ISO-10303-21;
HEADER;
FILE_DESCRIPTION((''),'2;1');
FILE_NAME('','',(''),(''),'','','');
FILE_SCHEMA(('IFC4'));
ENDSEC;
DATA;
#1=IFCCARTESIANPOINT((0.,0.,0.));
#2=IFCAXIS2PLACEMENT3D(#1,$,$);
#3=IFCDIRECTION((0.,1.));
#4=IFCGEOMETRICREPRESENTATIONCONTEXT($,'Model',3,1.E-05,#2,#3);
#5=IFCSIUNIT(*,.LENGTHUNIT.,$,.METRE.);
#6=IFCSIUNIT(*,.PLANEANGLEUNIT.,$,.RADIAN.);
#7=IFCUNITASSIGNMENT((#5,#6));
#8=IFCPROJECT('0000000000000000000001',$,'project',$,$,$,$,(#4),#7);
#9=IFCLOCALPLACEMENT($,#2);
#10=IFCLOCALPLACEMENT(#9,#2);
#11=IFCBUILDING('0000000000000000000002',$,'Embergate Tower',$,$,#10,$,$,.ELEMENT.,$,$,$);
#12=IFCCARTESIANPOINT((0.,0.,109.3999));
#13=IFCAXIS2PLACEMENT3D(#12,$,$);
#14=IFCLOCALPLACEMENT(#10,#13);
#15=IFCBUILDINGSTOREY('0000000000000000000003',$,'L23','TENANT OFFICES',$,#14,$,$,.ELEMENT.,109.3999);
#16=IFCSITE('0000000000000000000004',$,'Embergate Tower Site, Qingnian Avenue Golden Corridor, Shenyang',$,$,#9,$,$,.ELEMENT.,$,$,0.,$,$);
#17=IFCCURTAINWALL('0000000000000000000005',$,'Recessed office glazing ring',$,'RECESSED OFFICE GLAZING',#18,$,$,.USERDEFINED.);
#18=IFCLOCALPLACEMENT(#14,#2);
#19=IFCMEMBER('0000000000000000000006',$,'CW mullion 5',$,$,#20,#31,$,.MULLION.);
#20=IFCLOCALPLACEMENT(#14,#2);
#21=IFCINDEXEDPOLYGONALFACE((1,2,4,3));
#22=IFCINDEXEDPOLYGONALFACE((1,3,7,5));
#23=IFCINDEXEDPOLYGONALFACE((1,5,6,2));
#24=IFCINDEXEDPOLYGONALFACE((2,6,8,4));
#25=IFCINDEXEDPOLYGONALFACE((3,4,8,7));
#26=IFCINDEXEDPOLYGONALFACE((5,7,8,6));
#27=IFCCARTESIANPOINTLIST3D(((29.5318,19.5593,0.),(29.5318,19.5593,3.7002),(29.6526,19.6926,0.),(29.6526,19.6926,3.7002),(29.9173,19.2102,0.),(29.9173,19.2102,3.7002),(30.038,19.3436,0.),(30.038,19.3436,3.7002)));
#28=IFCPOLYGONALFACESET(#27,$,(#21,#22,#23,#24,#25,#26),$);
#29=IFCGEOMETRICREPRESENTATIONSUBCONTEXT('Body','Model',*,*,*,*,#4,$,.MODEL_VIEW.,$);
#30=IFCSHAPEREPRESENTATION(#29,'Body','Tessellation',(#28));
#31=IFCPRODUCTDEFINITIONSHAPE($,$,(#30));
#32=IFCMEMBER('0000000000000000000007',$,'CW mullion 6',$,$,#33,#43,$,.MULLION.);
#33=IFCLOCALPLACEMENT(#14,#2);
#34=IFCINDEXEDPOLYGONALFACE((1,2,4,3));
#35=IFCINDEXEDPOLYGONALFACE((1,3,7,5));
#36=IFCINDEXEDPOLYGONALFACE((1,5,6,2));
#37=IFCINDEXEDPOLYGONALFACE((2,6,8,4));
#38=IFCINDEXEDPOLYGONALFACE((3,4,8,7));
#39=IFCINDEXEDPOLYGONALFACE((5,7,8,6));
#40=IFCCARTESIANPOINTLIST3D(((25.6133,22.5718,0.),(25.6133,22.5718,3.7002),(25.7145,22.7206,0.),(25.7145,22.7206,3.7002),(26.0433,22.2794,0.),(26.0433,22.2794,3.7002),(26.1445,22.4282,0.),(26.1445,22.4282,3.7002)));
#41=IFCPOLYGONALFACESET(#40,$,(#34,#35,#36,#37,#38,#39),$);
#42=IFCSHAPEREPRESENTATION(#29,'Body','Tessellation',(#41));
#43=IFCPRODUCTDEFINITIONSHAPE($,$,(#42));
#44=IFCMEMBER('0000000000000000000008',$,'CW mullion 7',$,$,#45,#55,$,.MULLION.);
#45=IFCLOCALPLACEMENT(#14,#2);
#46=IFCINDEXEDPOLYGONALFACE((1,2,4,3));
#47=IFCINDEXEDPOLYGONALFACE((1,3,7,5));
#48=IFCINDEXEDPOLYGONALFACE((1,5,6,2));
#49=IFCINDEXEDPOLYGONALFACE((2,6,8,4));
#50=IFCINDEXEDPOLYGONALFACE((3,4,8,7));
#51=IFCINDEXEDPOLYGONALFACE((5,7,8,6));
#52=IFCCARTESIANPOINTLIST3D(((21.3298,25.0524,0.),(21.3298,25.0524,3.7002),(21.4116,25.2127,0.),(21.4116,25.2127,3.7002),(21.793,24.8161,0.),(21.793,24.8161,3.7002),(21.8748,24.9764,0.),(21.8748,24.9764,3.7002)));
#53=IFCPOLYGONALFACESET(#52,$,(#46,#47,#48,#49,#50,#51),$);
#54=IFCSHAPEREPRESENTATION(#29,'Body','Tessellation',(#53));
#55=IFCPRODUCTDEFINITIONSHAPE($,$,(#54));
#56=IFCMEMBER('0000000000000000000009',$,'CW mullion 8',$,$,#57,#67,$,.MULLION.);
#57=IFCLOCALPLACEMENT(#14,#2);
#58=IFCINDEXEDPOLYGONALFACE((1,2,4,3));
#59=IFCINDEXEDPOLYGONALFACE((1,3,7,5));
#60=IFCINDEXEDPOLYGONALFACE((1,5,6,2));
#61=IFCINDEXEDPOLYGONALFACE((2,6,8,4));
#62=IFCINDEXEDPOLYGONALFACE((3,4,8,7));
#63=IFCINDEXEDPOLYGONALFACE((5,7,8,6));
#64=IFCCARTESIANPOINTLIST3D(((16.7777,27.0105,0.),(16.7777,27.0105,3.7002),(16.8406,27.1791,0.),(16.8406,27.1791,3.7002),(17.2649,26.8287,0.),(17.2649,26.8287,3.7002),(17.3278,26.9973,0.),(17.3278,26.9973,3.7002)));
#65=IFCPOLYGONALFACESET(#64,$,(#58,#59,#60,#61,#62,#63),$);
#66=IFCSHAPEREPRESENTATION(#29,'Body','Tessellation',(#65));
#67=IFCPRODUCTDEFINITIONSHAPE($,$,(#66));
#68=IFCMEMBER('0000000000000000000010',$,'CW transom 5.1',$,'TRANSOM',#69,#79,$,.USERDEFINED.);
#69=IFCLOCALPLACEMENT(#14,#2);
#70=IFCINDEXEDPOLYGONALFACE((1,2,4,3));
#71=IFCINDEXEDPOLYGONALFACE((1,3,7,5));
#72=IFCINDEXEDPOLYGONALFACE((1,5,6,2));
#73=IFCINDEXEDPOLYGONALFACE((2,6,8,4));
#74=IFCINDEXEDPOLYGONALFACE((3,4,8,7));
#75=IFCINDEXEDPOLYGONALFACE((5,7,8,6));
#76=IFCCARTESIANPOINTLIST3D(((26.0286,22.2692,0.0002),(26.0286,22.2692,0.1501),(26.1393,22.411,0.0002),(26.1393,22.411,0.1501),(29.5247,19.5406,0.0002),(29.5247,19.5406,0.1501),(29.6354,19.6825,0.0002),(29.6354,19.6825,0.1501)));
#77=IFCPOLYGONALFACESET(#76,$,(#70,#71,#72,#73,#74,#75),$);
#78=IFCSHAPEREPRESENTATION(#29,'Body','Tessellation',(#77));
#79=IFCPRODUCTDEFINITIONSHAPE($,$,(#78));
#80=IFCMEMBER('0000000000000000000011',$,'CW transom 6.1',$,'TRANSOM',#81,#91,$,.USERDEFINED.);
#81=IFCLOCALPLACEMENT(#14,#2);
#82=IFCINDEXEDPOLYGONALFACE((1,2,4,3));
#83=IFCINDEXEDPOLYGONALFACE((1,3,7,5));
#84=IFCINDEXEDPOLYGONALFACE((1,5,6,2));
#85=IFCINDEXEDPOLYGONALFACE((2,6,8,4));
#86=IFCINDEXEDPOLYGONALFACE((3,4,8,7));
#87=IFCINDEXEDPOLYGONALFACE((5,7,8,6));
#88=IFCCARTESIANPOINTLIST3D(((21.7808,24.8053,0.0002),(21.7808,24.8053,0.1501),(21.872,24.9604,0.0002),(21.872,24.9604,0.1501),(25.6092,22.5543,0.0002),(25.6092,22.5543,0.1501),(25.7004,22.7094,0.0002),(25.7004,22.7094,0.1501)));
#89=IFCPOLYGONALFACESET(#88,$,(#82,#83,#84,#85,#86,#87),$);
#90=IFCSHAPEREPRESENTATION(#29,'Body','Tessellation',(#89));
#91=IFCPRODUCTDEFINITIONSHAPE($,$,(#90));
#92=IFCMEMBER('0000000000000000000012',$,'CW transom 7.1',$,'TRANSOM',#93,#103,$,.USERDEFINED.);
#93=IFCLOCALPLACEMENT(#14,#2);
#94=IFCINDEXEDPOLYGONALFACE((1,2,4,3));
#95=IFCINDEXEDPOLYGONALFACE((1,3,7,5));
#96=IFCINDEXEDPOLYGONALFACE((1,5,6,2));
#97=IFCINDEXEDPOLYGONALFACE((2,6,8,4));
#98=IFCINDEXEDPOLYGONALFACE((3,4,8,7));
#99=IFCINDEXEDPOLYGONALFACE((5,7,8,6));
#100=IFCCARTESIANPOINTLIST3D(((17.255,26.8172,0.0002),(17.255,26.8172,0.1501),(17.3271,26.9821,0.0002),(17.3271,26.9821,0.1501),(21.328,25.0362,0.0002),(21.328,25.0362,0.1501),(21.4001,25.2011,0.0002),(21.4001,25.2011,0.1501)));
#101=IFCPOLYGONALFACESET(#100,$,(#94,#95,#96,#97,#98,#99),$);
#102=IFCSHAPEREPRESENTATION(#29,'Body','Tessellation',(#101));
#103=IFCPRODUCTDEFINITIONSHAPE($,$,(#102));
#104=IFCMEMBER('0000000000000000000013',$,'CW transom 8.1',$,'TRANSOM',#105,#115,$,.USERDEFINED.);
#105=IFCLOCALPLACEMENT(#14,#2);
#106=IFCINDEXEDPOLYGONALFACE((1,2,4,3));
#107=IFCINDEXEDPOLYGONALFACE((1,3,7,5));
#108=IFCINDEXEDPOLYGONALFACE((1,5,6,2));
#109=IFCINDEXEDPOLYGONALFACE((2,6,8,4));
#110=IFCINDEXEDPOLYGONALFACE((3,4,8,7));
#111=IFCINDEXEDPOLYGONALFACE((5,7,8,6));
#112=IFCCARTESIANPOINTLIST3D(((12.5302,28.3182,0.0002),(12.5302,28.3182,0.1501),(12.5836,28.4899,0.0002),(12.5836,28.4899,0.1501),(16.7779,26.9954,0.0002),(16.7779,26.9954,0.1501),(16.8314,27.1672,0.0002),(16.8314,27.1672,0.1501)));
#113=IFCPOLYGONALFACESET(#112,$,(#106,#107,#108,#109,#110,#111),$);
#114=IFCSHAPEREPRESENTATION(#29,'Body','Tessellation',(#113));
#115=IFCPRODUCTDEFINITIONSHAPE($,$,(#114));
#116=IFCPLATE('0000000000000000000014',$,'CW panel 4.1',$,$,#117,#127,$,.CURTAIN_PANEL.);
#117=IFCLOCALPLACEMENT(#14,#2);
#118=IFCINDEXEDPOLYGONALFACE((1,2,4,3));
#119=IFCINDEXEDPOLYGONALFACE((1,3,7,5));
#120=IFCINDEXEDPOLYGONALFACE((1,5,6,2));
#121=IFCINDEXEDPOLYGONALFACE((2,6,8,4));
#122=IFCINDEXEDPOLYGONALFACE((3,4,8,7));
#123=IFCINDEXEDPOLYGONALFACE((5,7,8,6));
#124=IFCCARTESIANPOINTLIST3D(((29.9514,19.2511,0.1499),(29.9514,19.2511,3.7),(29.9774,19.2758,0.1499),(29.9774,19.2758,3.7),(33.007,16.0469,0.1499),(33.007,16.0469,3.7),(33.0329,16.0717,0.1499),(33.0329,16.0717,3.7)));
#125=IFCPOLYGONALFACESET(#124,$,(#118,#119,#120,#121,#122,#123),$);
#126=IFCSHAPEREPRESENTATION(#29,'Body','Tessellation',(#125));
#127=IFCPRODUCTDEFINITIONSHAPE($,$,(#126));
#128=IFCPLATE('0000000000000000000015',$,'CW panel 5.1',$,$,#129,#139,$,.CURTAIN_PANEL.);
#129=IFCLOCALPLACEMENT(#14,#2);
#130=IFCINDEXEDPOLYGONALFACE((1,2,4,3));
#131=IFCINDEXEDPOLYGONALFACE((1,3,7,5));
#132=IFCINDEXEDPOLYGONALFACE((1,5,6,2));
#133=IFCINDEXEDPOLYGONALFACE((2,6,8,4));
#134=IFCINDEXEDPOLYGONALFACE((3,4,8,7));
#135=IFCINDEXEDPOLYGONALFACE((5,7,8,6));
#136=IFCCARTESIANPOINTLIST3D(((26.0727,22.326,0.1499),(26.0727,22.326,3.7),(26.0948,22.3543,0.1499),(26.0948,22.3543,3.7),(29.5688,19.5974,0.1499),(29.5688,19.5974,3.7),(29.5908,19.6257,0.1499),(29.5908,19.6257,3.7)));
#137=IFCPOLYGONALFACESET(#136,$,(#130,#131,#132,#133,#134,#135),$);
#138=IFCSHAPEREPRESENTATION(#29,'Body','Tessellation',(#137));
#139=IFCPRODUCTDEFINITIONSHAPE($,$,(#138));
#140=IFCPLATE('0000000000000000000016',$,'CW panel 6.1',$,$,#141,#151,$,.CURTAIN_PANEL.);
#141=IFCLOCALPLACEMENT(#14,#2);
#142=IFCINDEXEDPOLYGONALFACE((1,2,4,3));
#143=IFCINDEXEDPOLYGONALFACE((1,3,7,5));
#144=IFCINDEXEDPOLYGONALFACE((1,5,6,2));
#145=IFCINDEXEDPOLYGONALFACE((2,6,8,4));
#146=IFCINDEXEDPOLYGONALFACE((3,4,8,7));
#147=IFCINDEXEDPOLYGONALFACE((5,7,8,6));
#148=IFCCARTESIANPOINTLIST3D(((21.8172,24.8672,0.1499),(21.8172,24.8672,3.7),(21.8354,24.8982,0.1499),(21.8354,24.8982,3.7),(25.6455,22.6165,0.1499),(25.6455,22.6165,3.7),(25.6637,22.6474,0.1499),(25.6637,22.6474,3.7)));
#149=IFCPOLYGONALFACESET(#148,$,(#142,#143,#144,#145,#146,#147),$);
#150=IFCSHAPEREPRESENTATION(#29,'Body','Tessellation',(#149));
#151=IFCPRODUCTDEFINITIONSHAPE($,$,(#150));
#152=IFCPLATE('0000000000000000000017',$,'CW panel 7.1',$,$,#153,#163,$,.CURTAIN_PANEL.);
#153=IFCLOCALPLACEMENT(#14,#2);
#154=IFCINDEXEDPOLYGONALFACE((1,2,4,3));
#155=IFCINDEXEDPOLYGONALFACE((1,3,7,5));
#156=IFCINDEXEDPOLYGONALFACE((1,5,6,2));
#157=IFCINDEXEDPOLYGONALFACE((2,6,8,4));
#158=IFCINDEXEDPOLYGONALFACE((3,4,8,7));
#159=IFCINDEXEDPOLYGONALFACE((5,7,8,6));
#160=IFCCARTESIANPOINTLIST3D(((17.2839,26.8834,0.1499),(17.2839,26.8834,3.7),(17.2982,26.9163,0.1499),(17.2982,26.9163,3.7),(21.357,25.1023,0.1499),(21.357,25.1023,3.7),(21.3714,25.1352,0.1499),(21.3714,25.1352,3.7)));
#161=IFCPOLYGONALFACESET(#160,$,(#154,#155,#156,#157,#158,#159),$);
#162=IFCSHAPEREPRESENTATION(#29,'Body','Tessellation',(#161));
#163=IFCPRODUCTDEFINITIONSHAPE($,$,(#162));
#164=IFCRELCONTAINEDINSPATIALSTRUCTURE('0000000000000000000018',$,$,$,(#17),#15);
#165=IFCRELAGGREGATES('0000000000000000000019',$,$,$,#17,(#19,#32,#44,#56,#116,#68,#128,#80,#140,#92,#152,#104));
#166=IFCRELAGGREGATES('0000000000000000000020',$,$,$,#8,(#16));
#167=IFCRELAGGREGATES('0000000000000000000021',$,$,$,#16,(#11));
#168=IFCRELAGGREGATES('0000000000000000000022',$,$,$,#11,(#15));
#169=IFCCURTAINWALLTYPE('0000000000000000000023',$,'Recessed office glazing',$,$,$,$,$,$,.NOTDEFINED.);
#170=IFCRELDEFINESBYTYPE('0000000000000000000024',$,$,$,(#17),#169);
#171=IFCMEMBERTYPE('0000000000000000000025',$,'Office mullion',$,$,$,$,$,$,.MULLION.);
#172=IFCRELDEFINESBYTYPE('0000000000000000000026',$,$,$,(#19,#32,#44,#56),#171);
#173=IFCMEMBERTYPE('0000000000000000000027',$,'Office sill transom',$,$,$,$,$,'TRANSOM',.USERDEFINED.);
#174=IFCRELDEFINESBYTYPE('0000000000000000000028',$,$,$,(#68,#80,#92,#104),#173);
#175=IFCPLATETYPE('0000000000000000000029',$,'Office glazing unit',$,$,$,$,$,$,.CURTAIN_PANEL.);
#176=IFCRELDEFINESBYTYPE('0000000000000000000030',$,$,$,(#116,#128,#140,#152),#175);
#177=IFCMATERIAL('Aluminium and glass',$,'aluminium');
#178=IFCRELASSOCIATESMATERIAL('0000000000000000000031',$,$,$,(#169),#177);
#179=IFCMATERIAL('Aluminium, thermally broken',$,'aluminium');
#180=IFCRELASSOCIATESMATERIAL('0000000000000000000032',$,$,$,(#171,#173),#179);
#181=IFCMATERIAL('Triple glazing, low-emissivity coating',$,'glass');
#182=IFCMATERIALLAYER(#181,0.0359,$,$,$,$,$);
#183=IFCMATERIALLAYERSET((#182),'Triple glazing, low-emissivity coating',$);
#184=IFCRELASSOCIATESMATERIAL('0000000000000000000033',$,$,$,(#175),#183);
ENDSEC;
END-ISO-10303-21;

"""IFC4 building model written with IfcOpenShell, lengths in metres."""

from ifc_helpers import new_model, si_unit, direction, frame, origin, origin_2d, place, context, subcontext, project, spatial, rectangle, extrude, source, transform, mapped, material, layer, layer_set, material_profile, profile_set, type_object, element, aggregate, save


model = new_model("IFC4")

# Units and contexts
model_context = context("Model", 3, precision=1e-05, world=origin(), true_north=direction((0.0, 1.0)))
body_context = subcontext(model_context, "Body", "Model", "MODEL_VIEW")
ifc_project = project(units=[si_unit("LENGTHUNIT", "METRE"), si_unit("PLANEANGLEUNIT", "RADIAN")], contexts=[model_context])

# Site, building, storey
site_placement = place(None, origin())
site = spatial("IfcSite", under=ifc_project, at=site_placement, Name="Embergate Tower Site, Qingnian Avenue Golden Corridor, Shenyang", CompositionType="ELEMENT", RefElevation=0.0)
building_placement = place(site_placement, origin())
building = spatial("IfcBuilding", under=site, at=building_placement, Name="Embergate Tower", CompositionType="ELEMENT")
storey_placement = place(building_placement, frame((0.0, 0.0, 109.3999)))
storey = spatial("IfcBuildingStorey", under=building, at=storey_placement, Name="L23", Description="TENANT OFFICES", CompositionType="ELEMENT", Elevation=109.3999)

# Curtain wall, members, plates
ifc_material_1 = material(Name="Aluminium and glass", Category="aluminium")
curtain_wall_type = type_object("IfcCurtainWallType", Name="Recessed office glazing", PredefinedType="NOTDEFINED", material=ifc_material_1)
curtain_wall_placement = place(storey_placement, origin())
curtain_wall = element("IfcCurtainWall", 1, at=curtain_wall_placement, inside=storey, type_object=curtain_wall_type, Name="Recessed office glazing ring", ObjectType="RECESSED OFFICE GLAZING", PredefinedType="USERDEFINED")
ifc_material_2 = material(Name="Aluminium, thermally broken", Category="aluminium")
ifc_material_profile_1 = material_profile(ifc_material_2, rectangle(XDim=0.1799, YDim=0.52, at=origin_2d()), Name="AL 520x180")
ifc_profile_set_1 = profile_set([ifc_material_profile_1], Name="Aluminium, thermally broken")
member_type_1 = type_object("IfcMemberType", Name="Office mullion", PredefinedType="MULLION", material=ifc_profile_set_1)
shared_shape_1 = source(origin(), body_context, "Body", "SweptSolid", [
    extrude(rectangle(XDim=0.1799, YDim=0.52, at=origin_2d()), origin(), (0.0, 0.0, 1.0), 3.7002),
])
member_1_placement = place(storey_placement, frame((29.7849, 19.4514, 0.0), z_axis=(0.0, 0.0, 1.0), x_axis=(-0.671238, -0.741242, 0.0)))
member_1 = element("IfcMember", 2, at=member_1_placement, type_object=member_type_1, Name="CW mullion 5", PredefinedType="MULLION", context=body_context, shape_type="MappedRepresentation", body=[
    mapped(shared_shape_1, transform((0.0, 0.0, 0.0))),
])
member_2_placement = place(storey_placement, frame((25.8789, 22.5, 0.0), z_axis=(0.0, 0.0, 1.0), x_axis=(-0.562228, -0.826982, 0.0)))
member_2 = element("IfcMember", 3, at=member_2_placement, type_object=member_type_1, Name="CW mullion 6", PredefinedType="MULLION", context=body_context, shape_type="MappedRepresentation", body=[
    mapped(shared_shape_1, transform((0.0, 0.0, 0.0))),
])
member_3_placement = place(storey_placement, frame((21.6023, 25.0144, 0.0), z_axis=(0.0, 0.0, 1.0), x_axis=(-0.454521, -0.890736, 0.0)))
member_3 = element("IfcMember", 4, at=member_3_placement, type_object=member_type_1, Name="CW mullion 7", PredefinedType="MULLION", context=body_context, shape_type="MappedRepresentation", body=[
    mapped(shared_shape_1, transform((0.0, 0.0, 0.0))),
])
member_4_placement = place(storey_placement, frame((17.0527, 27.0039, 0.0), z_axis=(0.0, 0.0, 1.0), x_axis=(-0.349511, -0.936932, 0.0)))
member_4 = element("IfcMember", 5, at=member_4_placement, type_object=member_type_1, Name="CW mullion 8", PredefinedType="MULLION", context=body_context, shape_type="MappedRepresentation", body=[
    mapped(shared_shape_1, transform((0.0, 0.0, 0.0))),
])
ifc_material_profile_2 = material_profile(ifc_material_2, rectangle(XDim=0.1799, YDim=0.1499, at=origin_2d()), Name="AL 150x180")
ifc_profile_set_2 = profile_set([ifc_material_profile_2], Name="Aluminium, thermally broken")
member_type_2 = type_object("IfcMemberType", Name="Office sill transom", ElementType="TRANSOM", PredefinedType="USERDEFINED", material=ifc_profile_set_2)
shared_shape_2 = source(origin(), body_context, "Body", "SweptSolid", [
    extrude(rectangle(XDim=0.1799, YDim=0.1499, at=origin_2d()), origin(), (0.0, 0.0, 1.0), 4.4348),
])
member_5_placement = place(storey_placement, frame((29.5801, 19.6116, 0.0752), z_axis=(-0.788331, 0.615251, 0.0), x_axis=(-0.615251, -0.788331, 0.0)))
member_5 = element("IfcMember", 6, at=member_5_placement, type_object=member_type_2, Name="CW transom 5.1", ObjectType="TRANSOM", PredefinedType="USERDEFINED", context=body_context, shape_type="MappedRepresentation", body=[
    mapped(shared_shape_2, transform((0.0, 0.0, 0.0))),
])
shared_shape_3 = source(origin(), body_context, "Body", "SweptSolid", [
    extrude(rectangle(XDim=0.1799, YDim=0.1499, at=origin_2d()), origin(), (0.0, 0.0, 1.0), 4.4412),
])
member_6_placement = place(storey_placement, frame((25.6548, 22.6318, 0.0752), z_axis=(-0.862033, 0.506852, 0.0), x_axis=(-0.506852, -0.862033, 0.0)))
member_6 = element("IfcMember", 7, at=member_6_placement, type_object=member_type_2, Name="CW transom 6.1", ObjectType="TRANSOM", PredefinedType="USERDEFINED", context=body_context, shape_type="MappedRepresentation", body=[
    mapped(shared_shape_3, transform((0.0, 0.0, 0.0))),
])
shared_shape_4 = source(origin(), body_context, "Body", "SweptSolid", [
    extrude(rectangle(XDim=0.1799, YDim=0.1499, at=origin_2d()), origin(), (0.0, 0.0, 1.0), 4.4453),
])
member_7_placement = place(storey_placement, frame((21.364, 25.1187, 0.0752), z_axis=(-0.916234, 0.400643, 0.0), x_axis=(-0.400643, -0.916234, 0.0)))
member_7 = element("IfcMember", 8, at=member_7_placement, type_object=member_type_2, Name="CW transom 7.1", ObjectType="TRANSOM", PredefinedType="USERDEFINED", context=body_context, shape_type="MappedRepresentation", body=[
    mapped(shared_shape_4, transform((0.0, 0.0, 0.0))),
])
shared_shape_5 = source(origin(), body_context, "Body", "SweptSolid", [
    extrude(rectangle(XDim=0.1799, YDim=0.1499, at=origin_2d()), origin(), (0.0, 0.0, 1.0), 4.449),
])
member_8_placement = place(storey_placement, frame((16.8047, 27.0813, 0.0752), z_axis=(-0.954779, 0.297316, 0.0), x_axis=(-0.297316, -0.954779, 0.0)))
member_8 = element("IfcMember", 9, at=member_8_placement, type_object=member_type_2, Name="CW transom 8.1", ObjectType="TRANSOM", PredefinedType="USERDEFINED", context=body_context, shape_type="MappedRepresentation", body=[
    mapped(shared_shape_5, transform((0.0, 0.0, 0.0))),
])
ifc_material_3 = material(Name="Triple glazing, low-emissivity coating", Category="glass")
ifc_layer = layer(ifc_material_3, 0.0359)
ifc_layer_set = layer_set([ifc_layer], Name="Triple glazing, low-emissivity coating")
plate_type = type_object("IfcPlateType", Name="Office glazing unit", PredefinedType="CURTAIN_PANEL", material=ifc_layer_set)
shared_shape_6 = source(origin(), body_context, "Body", "SweptSolid", [
    extrude(rectangle(XDim=4.4275, YDim=0.0359, at=origin_2d()), origin(), (0.0, 0.0, 1.0), 3.55),
])
plate_1_placement = place(storey_placement, frame((31.4922, 17.6614, 0.1499), z_axis=(0.0, 0.0, 1.0), x_axis=(-0.690125, 0.72369, 0.0)))
plate_1 = element("IfcPlate", 10, at=plate_1_placement, type_object=plate_type, Name="CW panel 4.1", PredefinedType="CURTAIN_PANEL", context=body_context, shape_type="MappedRepresentation", body=[
    mapped(shared_shape_6, transform((0.0, 0.0, 0.0))),
])
shared_shape_7 = source(origin(), body_context, "Body", "SweptSolid", [
    extrude(rectangle(XDim=4.4348, YDim=0.0359, at=origin_2d()), origin(), (0.0, 0.0, 1.0), 3.55),
])
plate_2_placement = place(storey_placement, frame((27.8318, 20.9758, 0.1499), z_axis=(0.0, 0.0, 1.0), x_axis=(-0.788313, 0.615275, 0.0)))
plate_2 = element("IfcPlate", 11, at=plate_2_placement, type_object=plate_type, Name="CW panel 5.1", PredefinedType="CURTAIN_PANEL", context=body_context, shape_type="MappedRepresentation", body=[
    mapped(shared_shape_7, transform((0.0, 0.0, 0.0))),
])
shared_shape_8 = source(origin(), body_context, "Body", "SweptSolid", [
    extrude(rectangle(XDim=4.4409, YDim=0.0359, at=origin_2d()), origin(), (0.0, 0.0, 1.0), 3.55),
])
plate_3_placement = place(storey_placement, frame((23.7405, 23.7573, 0.1499), z_axis=(0.0, 0.0, 1.0), x_axis=(-0.862048, 0.506827, 0.0)))
plate_3 = element("IfcPlate", 12, at=plate_3_placement, type_object=plate_type, Name="CW panel 6.1", PredefinedType="CURTAIN_PANEL", context=body_context, shape_type="MappedRepresentation", body=[
    mapped(shared_shape_8, transform((0.0, 0.0, 0.0))),
])
shared_shape_9 = source(origin(), body_context, "Body", "SweptSolid", [
    extrude(rectangle(XDim=4.4456, YDim=0.0359, at=origin_2d()), origin(), (0.0, 0.0, 1.0), 3.55),
])
plate_4_placement = place(storey_placement, frame((19.3276, 26.0093, 0.1499), z_axis=(0.0, 0.0, 1.0), x_axis=(-0.916233, 0.400646, 0.0)))
plate_4 = element("IfcPlate", 13, at=plate_4_placement, type_object=plate_type, Name="CW panel 7.1", PredefinedType="CURTAIN_PANEL", context=body_context, shape_type="MappedRepresentation", body=[
    mapped(shared_shape_9, transform((0.0, 0.0, 0.0))),
])
aggregate(curtain_wall, [member_1, member_2, member_3, member_4, plate_1, member_5, plate_2, member_6, plate_3, member_7, plate_4, member_8])

save(model, "model.ifc")
